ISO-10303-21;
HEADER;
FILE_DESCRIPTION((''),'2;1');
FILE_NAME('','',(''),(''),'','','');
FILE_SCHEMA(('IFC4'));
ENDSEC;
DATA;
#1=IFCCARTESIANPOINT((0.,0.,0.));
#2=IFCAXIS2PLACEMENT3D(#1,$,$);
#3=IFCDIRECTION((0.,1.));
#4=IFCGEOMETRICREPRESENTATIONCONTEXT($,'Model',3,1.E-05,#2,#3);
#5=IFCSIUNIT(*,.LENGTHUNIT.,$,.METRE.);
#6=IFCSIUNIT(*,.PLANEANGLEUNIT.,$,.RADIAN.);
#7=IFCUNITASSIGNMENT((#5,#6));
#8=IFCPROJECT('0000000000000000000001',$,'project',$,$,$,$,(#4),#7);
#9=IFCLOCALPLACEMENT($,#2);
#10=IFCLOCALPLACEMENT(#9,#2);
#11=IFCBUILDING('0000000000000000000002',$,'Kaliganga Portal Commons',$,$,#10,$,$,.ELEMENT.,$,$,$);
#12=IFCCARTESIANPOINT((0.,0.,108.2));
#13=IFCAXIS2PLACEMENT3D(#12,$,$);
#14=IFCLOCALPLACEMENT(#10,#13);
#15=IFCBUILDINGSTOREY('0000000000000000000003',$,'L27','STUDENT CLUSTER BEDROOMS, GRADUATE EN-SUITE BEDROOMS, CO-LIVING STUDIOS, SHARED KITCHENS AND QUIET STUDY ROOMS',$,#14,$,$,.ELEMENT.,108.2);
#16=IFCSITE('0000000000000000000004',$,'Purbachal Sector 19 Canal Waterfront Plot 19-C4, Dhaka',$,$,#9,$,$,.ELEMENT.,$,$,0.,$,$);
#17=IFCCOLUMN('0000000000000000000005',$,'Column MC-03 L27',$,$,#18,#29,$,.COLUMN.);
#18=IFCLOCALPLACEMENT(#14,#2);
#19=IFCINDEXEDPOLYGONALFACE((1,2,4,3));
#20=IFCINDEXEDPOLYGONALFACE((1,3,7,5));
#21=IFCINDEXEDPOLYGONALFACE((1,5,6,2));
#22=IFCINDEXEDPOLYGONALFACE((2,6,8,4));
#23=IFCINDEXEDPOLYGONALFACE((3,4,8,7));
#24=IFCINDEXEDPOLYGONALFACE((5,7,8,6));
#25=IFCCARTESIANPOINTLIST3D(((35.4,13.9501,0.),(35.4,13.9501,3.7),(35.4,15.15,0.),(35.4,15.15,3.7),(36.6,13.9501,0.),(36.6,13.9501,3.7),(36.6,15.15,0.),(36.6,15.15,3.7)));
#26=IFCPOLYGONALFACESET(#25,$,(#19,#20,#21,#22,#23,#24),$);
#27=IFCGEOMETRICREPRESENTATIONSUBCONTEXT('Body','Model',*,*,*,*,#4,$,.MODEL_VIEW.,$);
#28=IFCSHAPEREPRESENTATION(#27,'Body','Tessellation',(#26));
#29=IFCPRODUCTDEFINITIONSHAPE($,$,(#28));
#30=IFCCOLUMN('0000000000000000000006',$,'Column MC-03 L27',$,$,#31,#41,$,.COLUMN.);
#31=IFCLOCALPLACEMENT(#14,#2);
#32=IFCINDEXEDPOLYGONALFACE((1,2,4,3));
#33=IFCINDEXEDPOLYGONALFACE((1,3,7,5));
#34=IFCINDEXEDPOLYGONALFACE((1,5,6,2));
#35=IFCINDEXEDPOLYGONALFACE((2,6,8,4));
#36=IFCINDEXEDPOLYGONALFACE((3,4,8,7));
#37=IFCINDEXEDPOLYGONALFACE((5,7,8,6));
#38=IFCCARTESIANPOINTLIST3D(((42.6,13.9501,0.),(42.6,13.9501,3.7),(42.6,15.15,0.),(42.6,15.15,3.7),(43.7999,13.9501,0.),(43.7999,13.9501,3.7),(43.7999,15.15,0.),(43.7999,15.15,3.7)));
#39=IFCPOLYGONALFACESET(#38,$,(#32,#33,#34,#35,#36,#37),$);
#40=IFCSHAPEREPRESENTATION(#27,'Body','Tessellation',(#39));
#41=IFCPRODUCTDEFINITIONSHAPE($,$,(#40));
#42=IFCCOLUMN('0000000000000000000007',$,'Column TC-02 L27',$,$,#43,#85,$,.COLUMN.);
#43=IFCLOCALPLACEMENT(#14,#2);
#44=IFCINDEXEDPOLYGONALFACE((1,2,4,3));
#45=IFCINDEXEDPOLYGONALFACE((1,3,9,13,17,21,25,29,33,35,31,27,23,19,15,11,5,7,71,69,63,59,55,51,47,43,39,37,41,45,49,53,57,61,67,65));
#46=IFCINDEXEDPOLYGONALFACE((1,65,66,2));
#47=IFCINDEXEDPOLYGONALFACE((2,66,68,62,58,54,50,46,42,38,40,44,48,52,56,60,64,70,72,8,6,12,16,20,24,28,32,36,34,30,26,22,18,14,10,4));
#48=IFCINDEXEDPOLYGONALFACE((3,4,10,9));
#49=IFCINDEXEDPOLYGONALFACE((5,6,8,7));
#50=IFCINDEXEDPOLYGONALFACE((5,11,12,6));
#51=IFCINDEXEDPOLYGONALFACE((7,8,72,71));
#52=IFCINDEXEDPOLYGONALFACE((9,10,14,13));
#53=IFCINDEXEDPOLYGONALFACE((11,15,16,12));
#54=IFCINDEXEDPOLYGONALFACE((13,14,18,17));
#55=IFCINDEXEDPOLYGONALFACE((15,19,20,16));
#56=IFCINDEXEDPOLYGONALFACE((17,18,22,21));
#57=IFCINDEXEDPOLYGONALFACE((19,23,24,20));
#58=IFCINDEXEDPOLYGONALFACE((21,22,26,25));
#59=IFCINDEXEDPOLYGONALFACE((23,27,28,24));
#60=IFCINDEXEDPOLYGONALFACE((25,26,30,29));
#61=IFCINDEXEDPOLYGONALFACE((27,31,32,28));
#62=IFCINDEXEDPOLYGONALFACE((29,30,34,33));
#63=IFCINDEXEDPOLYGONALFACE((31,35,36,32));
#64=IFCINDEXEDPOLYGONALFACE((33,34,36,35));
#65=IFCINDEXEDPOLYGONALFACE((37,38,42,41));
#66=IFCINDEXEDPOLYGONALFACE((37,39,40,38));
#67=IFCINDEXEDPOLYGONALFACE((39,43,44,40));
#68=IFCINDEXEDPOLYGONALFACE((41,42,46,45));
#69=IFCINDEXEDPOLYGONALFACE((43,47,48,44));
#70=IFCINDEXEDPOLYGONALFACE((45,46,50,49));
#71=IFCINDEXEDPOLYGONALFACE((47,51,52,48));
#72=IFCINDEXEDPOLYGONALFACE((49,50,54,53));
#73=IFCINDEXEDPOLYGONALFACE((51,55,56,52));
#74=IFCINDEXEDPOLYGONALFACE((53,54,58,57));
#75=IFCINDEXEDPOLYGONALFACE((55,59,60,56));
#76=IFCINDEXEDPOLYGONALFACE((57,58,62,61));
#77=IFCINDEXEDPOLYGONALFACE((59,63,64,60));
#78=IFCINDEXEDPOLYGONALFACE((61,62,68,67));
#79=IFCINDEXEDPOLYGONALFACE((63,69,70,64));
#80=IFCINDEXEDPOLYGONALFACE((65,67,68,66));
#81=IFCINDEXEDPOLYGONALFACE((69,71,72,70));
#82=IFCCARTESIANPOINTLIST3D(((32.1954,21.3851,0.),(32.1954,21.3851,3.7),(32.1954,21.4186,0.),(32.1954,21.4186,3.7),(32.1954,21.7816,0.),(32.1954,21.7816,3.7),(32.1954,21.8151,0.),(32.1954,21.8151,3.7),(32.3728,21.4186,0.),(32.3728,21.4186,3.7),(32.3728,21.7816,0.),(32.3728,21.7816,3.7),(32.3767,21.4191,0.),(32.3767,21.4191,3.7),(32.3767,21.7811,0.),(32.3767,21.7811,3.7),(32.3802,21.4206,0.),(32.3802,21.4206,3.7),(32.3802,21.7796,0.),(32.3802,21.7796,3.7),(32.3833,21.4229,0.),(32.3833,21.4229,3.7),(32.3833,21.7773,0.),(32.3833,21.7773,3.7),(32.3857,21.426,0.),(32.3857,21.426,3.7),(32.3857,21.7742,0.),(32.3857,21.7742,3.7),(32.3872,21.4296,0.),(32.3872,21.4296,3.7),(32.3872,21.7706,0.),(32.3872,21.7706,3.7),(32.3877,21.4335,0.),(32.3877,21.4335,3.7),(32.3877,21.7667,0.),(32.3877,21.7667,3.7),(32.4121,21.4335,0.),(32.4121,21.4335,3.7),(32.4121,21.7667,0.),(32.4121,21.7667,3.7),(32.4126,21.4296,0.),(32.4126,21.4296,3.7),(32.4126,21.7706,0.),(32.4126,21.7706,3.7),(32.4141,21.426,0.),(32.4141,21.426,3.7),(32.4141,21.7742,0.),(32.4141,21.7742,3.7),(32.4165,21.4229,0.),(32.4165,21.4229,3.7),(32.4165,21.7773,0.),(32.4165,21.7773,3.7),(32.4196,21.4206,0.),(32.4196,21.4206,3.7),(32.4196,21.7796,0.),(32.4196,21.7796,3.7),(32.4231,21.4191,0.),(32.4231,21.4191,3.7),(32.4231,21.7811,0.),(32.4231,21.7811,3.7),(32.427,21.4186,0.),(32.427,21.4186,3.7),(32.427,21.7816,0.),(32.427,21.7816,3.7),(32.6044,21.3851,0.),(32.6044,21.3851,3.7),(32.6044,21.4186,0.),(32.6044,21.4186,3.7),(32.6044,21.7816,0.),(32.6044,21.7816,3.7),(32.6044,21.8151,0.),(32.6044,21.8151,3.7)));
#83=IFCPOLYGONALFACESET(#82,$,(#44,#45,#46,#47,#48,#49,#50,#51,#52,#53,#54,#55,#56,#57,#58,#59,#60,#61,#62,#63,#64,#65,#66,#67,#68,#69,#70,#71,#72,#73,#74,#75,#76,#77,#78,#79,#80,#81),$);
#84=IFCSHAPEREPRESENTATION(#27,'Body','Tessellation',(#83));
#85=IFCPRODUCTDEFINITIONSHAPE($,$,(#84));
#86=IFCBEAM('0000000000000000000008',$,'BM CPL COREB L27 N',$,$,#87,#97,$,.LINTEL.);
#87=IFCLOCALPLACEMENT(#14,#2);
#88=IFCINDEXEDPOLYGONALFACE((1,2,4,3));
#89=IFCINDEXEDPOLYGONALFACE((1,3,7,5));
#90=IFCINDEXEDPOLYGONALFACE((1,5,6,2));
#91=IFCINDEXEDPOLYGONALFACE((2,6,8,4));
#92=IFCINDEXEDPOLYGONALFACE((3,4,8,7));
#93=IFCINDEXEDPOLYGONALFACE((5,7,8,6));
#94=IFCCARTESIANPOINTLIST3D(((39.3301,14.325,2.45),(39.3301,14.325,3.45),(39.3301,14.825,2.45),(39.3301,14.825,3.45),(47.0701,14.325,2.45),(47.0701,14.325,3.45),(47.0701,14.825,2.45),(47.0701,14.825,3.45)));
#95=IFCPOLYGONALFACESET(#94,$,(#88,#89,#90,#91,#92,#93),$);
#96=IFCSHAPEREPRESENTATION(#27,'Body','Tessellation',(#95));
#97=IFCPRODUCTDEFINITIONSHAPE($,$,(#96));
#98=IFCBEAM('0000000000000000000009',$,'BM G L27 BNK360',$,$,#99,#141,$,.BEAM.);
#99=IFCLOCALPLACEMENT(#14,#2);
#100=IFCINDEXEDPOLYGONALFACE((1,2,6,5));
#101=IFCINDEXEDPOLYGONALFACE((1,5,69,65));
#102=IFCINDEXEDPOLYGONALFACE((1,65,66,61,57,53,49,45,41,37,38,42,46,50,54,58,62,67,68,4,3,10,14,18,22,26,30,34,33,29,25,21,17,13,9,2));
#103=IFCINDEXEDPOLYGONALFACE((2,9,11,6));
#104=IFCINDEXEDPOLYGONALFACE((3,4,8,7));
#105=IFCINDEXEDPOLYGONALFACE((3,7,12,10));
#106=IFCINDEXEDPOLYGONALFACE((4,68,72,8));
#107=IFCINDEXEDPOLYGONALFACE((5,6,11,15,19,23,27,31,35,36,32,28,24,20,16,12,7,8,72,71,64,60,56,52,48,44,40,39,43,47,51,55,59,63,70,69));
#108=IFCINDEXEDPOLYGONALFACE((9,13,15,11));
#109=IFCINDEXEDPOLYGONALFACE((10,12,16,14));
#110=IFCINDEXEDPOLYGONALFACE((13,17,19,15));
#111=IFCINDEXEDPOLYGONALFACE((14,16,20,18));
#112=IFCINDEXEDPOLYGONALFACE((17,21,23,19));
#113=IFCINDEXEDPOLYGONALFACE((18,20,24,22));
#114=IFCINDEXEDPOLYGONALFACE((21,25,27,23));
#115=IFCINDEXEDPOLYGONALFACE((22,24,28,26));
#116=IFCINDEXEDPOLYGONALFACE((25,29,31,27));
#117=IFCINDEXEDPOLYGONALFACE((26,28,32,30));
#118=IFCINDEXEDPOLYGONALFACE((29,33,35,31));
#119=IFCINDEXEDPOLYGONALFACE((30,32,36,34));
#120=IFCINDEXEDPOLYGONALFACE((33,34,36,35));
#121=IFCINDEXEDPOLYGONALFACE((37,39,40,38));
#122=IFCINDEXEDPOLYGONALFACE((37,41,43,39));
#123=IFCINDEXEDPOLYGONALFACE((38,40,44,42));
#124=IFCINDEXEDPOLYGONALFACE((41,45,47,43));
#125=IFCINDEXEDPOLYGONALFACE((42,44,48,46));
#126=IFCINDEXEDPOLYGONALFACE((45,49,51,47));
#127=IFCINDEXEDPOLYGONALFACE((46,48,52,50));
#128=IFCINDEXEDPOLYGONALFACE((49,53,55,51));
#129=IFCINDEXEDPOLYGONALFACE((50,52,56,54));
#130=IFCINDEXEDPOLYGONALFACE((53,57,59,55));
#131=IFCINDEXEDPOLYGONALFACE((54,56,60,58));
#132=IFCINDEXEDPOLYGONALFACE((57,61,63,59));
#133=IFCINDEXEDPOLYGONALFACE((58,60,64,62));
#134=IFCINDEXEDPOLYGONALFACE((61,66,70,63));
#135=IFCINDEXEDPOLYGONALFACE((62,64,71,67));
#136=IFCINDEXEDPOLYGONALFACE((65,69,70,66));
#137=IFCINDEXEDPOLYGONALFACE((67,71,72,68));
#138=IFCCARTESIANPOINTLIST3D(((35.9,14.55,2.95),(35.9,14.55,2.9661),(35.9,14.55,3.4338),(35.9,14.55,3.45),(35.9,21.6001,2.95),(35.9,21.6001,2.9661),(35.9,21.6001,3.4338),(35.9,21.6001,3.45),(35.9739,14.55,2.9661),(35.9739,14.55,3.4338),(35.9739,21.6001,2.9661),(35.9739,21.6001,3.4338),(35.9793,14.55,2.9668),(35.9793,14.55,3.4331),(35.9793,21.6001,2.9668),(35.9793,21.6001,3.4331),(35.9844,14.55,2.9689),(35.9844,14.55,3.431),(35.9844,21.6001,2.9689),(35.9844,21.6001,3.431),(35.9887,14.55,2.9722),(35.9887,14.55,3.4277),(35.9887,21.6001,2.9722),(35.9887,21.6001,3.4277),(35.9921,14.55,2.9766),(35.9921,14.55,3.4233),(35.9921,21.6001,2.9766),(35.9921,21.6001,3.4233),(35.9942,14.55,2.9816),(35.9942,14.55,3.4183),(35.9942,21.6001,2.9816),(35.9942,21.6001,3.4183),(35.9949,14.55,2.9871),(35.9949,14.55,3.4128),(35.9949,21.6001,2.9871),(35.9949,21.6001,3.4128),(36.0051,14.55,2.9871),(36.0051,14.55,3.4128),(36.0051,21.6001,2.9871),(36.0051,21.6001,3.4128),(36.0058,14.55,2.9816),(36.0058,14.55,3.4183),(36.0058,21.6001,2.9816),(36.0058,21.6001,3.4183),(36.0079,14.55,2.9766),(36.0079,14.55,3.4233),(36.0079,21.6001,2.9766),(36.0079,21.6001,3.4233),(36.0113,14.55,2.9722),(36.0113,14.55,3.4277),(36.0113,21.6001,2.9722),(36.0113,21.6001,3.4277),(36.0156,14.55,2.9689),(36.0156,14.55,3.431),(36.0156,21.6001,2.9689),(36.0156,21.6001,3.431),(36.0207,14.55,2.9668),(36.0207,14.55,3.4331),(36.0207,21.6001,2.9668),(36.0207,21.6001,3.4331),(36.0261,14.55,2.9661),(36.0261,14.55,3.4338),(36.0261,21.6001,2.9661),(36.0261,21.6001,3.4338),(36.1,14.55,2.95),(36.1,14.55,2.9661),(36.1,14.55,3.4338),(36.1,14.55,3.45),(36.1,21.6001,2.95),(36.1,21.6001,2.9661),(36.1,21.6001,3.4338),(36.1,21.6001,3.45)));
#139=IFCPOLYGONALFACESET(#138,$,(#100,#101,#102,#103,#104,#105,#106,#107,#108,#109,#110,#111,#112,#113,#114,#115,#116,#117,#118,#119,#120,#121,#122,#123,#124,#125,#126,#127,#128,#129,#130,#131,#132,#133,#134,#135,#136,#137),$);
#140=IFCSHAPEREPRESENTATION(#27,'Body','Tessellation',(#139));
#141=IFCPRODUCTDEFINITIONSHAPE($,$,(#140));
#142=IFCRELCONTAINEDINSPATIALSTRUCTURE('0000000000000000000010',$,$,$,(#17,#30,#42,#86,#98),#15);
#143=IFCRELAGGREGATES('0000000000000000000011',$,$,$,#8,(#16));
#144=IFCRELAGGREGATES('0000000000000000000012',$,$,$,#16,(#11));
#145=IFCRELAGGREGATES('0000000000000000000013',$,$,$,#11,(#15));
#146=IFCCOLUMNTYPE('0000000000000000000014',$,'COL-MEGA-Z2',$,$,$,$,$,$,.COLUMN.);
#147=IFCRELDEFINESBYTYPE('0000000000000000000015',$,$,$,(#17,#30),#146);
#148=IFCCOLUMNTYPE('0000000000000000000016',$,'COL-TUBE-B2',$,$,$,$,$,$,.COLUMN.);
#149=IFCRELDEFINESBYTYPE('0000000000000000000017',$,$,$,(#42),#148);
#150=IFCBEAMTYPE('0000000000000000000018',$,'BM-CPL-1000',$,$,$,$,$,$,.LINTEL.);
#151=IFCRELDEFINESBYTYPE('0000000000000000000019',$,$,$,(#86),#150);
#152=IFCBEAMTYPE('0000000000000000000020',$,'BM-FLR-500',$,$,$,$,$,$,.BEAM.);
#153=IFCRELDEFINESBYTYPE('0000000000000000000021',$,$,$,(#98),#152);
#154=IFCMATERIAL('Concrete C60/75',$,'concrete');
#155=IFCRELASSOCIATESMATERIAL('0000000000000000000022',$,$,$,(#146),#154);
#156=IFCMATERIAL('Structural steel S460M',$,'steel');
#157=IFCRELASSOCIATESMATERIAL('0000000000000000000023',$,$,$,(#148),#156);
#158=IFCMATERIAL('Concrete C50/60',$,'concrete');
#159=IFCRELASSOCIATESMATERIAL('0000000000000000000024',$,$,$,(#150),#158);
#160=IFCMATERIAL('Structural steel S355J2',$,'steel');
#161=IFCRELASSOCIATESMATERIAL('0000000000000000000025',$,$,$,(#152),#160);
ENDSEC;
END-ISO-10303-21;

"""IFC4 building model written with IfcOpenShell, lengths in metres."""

from ifc_helpers import new_model, si_unit, direction, frame, origin, origin_2d, place, context, subcontext, project, spatial, rectangle, i_section, extrude, source, transform, mapped, material, material_profile, profile_set, type_object, element, save


model = new_model("IFC4")

# Units and contexts
model_context = context("Model", 3, precision=1e-05, world=origin(), true_north=direction((0.0, 1.0)))
body_context = subcontext(model_context, "Body", "Model", "MODEL_VIEW")
ifc_project = project(units=[si_unit("LENGTHUNIT", "METRE"), si_unit("PLANEANGLEUNIT", "RADIAN")], contexts=[model_context])

# Site, building, storey
site_placement = place(None, origin())
site = spatial("IfcSite", under=ifc_project, at=site_placement, Name="Purbachal Sector 19 Canal Waterfront Plot 19-C4, Dhaka", CompositionType="ELEMENT", RefElevation=0.0)
building_placement = place(site_placement, origin())
building = spatial("IfcBuilding", under=site, at=building_placement, Name="Kaliganga Portal Commons", CompositionType="ELEMENT")
storey_placement = place(building_placement, frame((0.0, 0.0, 108.2)))
storey = spatial("IfcBuildingStorey", under=building, at=storey_placement, Name="L27", Description="STUDENT CLUSTER BEDROOMS, GRADUATE EN-SUITE BEDROOMS, CO-LIVING STUDIOS, SHARED KITCHENS AND QUIET STUDY ROOMS", CompositionType="ELEMENT", Elevation=108.2)

# Columns
ifc_material_1 = material(Name="Concrete C60/75", Category="concrete")
ifc_material_profile_1 = material_profile(ifc_material_1, rectangle(XDim=1.2, YDim=1.2, at=origin_2d()), Name="RC 1200x1200")
ifc_profile_set_1 = profile_set([ifc_material_profile_1], Name="Concrete C60/75")
column_type_1 = type_object("IfcColumnType", Name="COL-MEGA-Z2", PredefinedType="COLUMN", material=ifc_profile_set_1)
shared_shape_1 = source(origin(), body_context, "Body", "SweptSolid", [
    extrude(rectangle(XDim=1.2, YDim=1.2, at=origin_2d()), origin(), (0.0, 0.0, 1.0), 3.7),
])
for number, where, z_axis, x_axis, name in (
    (1, (36.0, 14.55, 0.0), (0.0, 0.0, 1.0), (1.0, 0.0, 0.0), "Column MC-03 L27"),
    (2, (43.2, 14.55, 0.0), (0.0, 0.0, 1.0), (1.0, 0.0, 0.0), "Column MC-03 L27"),
):
    element("IfcColumn", number, at=place(storey_placement, frame(where, z_axis=z_axis, x_axis=x_axis)), inside=storey, type_object=column_type_1, Name=name, PredefinedType="COLUMN", context=body_context, shape_type="MappedRepresentation", body=[
        mapped(shared_shape_1, transform((0.0, 0.0, 0.0), x_axis=(1.0, 0.0, 0.0), y_axis=(0.0, 1.0, 0.0), z_axis=(0.0, 0.0, 1.0), scale=1.0)),
    ])
ifc_material_2 = material(Name="Structural steel S460M", Category="steel")
ifc_material_profile_2 = material_profile(ifc_material_2, i_section(OverallWidth=0.4089, OverallDepth=0.4299, WebThickness=0.0244, FlangeThickness=0.0334, FilletRadius=0.0149, at=origin_2d()), Name="HD 400x421")
ifc_profile_set_2 = profile_set([ifc_material_profile_2], Name="Structural steel S460M wide-flange")
column_type_2 = type_object("IfcColumnType", Name="COL-TUBE-B2", PredefinedType="COLUMN", material=ifc_profile_set_2)
shared_shape_2 = source(origin(), body_context, "Body", "SweptSolid", [
    extrude(i_section(OverallWidth=0.4089, OverallDepth=0.4299, WebThickness=0.0244, FlangeThickness=0.0334, FilletRadius=0.0149, at=origin_2d()), origin(), (0.0, 0.0, 1.0), 3.7),
])
column_placement = place(storey_placement, frame((32.3999, 21.6001, 0.0), z_axis=(0.0, 0.0, 1.0), x_axis=(1.0, 0.0, 0.0)))
element("IfcColumn", 3, at=column_placement, inside=storey, type_object=column_type_2, Name="Column TC-02 L27", PredefinedType="COLUMN", context=body_context, shape_type="MappedRepresentation", body=[
    mapped(shared_shape_2, transform((0.0, 0.0, 0.0), x_axis=(1.0, 0.0, 0.0), y_axis=(0.0, 1.0, 0.0), z_axis=(0.0, 0.0, 1.0), scale=1.0)),
])

# Beams
ifc_material_3 = material(Name="Concrete C50/60", Category="concrete")
ifc_material_profile_3 = material_profile(ifc_material_3, rectangle(XDim=0.5, YDim=1.0, at=origin_2d()), Name="RC 500x1000")
ifc_profile_set_3 = profile_set([ifc_material_profile_3], Name="Concrete C50/60")
beam_type_1 = type_object("IfcBeamType", Name="BM-CPL-1000", PredefinedType="LINTEL", material=ifc_profile_set_3)
shared_shape_3 = source(origin(), body_context, "Body", "SweptSolid", [
    extrude(rectangle(XDim=0.5, YDim=1.0, at=origin_2d()), origin(), (0.0, 0.0, 1.0), 7.74),
])
beam_1_placement = place(storey_placement, frame((39.3301, 14.575, 2.95), z_axis=(1.0, 0.0, 0.0), x_axis=(0.0, 1.0, 0.0)))
element("IfcBeam", 4, at=beam_1_placement, inside=storey, type_object=beam_type_1, Name="BM CPL COREB L27 N", PredefinedType="LINTEL", context=body_context, shape_type="MappedRepresentation", body=[
    mapped(shared_shape_3, transform((0.0, 0.0, 0.0), x_axis=(1.0, 0.0, 0.0), y_axis=(0.0, 1.0, 0.0), z_axis=(0.0, 0.0, 1.0), scale=1.0)),
])
ifc_material_4 = material(Name="Structural steel S355J2", Category="steel")
ifc_material_profile_4 = material_profile(ifc_material_4, i_section(OverallWidth=0.2, OverallDepth=0.5, WebThickness=0.0103, FlangeThickness=0.0161, FilletRadius=0.021, at=origin_2d()), Name="IPE 500")
ifc_profile_set_4 = profile_set([ifc_material_profile_4], Name="Structural steel S355J2 wide-flange")
beam_type_2 = type_object("IfcBeamType", Name="BM-FLR-500", PredefinedType="BEAM", material=ifc_profile_set_4)
shared_shape_4 = source(origin(), body_context, "Body", "SweptSolid", [
    extrude(i_section(OverallWidth=0.2, OverallDepth=0.5, WebThickness=0.0103, FlangeThickness=0.0161, FilletRadius=0.021, at=origin_2d()), origin(), (0.0, 0.0, 1.0), 7.05),
])
beam_2_placement = place(storey_placement, frame((36.0, 14.55, 3.2), z_axis=(0.0, 1.0, 0.0), x_axis=(-1.0, 0.0, 0.0)))
element("IfcBeam", 5, at=beam_2_placement, inside=storey, type_object=beam_type_2, Name="BM G L27 BNK360", PredefinedType="BEAM", context=body_context, shape_type="MappedRepresentation", body=[
    mapped(shared_shape_4, transform((0.0, 0.0, 0.0), x_axis=(1.0, 0.0, 0.0), y_axis=(0.0, 1.0, 0.0), z_axis=(0.0, 0.0, 1.0), scale=1.0)),
])

save(model, "model.ifc")
